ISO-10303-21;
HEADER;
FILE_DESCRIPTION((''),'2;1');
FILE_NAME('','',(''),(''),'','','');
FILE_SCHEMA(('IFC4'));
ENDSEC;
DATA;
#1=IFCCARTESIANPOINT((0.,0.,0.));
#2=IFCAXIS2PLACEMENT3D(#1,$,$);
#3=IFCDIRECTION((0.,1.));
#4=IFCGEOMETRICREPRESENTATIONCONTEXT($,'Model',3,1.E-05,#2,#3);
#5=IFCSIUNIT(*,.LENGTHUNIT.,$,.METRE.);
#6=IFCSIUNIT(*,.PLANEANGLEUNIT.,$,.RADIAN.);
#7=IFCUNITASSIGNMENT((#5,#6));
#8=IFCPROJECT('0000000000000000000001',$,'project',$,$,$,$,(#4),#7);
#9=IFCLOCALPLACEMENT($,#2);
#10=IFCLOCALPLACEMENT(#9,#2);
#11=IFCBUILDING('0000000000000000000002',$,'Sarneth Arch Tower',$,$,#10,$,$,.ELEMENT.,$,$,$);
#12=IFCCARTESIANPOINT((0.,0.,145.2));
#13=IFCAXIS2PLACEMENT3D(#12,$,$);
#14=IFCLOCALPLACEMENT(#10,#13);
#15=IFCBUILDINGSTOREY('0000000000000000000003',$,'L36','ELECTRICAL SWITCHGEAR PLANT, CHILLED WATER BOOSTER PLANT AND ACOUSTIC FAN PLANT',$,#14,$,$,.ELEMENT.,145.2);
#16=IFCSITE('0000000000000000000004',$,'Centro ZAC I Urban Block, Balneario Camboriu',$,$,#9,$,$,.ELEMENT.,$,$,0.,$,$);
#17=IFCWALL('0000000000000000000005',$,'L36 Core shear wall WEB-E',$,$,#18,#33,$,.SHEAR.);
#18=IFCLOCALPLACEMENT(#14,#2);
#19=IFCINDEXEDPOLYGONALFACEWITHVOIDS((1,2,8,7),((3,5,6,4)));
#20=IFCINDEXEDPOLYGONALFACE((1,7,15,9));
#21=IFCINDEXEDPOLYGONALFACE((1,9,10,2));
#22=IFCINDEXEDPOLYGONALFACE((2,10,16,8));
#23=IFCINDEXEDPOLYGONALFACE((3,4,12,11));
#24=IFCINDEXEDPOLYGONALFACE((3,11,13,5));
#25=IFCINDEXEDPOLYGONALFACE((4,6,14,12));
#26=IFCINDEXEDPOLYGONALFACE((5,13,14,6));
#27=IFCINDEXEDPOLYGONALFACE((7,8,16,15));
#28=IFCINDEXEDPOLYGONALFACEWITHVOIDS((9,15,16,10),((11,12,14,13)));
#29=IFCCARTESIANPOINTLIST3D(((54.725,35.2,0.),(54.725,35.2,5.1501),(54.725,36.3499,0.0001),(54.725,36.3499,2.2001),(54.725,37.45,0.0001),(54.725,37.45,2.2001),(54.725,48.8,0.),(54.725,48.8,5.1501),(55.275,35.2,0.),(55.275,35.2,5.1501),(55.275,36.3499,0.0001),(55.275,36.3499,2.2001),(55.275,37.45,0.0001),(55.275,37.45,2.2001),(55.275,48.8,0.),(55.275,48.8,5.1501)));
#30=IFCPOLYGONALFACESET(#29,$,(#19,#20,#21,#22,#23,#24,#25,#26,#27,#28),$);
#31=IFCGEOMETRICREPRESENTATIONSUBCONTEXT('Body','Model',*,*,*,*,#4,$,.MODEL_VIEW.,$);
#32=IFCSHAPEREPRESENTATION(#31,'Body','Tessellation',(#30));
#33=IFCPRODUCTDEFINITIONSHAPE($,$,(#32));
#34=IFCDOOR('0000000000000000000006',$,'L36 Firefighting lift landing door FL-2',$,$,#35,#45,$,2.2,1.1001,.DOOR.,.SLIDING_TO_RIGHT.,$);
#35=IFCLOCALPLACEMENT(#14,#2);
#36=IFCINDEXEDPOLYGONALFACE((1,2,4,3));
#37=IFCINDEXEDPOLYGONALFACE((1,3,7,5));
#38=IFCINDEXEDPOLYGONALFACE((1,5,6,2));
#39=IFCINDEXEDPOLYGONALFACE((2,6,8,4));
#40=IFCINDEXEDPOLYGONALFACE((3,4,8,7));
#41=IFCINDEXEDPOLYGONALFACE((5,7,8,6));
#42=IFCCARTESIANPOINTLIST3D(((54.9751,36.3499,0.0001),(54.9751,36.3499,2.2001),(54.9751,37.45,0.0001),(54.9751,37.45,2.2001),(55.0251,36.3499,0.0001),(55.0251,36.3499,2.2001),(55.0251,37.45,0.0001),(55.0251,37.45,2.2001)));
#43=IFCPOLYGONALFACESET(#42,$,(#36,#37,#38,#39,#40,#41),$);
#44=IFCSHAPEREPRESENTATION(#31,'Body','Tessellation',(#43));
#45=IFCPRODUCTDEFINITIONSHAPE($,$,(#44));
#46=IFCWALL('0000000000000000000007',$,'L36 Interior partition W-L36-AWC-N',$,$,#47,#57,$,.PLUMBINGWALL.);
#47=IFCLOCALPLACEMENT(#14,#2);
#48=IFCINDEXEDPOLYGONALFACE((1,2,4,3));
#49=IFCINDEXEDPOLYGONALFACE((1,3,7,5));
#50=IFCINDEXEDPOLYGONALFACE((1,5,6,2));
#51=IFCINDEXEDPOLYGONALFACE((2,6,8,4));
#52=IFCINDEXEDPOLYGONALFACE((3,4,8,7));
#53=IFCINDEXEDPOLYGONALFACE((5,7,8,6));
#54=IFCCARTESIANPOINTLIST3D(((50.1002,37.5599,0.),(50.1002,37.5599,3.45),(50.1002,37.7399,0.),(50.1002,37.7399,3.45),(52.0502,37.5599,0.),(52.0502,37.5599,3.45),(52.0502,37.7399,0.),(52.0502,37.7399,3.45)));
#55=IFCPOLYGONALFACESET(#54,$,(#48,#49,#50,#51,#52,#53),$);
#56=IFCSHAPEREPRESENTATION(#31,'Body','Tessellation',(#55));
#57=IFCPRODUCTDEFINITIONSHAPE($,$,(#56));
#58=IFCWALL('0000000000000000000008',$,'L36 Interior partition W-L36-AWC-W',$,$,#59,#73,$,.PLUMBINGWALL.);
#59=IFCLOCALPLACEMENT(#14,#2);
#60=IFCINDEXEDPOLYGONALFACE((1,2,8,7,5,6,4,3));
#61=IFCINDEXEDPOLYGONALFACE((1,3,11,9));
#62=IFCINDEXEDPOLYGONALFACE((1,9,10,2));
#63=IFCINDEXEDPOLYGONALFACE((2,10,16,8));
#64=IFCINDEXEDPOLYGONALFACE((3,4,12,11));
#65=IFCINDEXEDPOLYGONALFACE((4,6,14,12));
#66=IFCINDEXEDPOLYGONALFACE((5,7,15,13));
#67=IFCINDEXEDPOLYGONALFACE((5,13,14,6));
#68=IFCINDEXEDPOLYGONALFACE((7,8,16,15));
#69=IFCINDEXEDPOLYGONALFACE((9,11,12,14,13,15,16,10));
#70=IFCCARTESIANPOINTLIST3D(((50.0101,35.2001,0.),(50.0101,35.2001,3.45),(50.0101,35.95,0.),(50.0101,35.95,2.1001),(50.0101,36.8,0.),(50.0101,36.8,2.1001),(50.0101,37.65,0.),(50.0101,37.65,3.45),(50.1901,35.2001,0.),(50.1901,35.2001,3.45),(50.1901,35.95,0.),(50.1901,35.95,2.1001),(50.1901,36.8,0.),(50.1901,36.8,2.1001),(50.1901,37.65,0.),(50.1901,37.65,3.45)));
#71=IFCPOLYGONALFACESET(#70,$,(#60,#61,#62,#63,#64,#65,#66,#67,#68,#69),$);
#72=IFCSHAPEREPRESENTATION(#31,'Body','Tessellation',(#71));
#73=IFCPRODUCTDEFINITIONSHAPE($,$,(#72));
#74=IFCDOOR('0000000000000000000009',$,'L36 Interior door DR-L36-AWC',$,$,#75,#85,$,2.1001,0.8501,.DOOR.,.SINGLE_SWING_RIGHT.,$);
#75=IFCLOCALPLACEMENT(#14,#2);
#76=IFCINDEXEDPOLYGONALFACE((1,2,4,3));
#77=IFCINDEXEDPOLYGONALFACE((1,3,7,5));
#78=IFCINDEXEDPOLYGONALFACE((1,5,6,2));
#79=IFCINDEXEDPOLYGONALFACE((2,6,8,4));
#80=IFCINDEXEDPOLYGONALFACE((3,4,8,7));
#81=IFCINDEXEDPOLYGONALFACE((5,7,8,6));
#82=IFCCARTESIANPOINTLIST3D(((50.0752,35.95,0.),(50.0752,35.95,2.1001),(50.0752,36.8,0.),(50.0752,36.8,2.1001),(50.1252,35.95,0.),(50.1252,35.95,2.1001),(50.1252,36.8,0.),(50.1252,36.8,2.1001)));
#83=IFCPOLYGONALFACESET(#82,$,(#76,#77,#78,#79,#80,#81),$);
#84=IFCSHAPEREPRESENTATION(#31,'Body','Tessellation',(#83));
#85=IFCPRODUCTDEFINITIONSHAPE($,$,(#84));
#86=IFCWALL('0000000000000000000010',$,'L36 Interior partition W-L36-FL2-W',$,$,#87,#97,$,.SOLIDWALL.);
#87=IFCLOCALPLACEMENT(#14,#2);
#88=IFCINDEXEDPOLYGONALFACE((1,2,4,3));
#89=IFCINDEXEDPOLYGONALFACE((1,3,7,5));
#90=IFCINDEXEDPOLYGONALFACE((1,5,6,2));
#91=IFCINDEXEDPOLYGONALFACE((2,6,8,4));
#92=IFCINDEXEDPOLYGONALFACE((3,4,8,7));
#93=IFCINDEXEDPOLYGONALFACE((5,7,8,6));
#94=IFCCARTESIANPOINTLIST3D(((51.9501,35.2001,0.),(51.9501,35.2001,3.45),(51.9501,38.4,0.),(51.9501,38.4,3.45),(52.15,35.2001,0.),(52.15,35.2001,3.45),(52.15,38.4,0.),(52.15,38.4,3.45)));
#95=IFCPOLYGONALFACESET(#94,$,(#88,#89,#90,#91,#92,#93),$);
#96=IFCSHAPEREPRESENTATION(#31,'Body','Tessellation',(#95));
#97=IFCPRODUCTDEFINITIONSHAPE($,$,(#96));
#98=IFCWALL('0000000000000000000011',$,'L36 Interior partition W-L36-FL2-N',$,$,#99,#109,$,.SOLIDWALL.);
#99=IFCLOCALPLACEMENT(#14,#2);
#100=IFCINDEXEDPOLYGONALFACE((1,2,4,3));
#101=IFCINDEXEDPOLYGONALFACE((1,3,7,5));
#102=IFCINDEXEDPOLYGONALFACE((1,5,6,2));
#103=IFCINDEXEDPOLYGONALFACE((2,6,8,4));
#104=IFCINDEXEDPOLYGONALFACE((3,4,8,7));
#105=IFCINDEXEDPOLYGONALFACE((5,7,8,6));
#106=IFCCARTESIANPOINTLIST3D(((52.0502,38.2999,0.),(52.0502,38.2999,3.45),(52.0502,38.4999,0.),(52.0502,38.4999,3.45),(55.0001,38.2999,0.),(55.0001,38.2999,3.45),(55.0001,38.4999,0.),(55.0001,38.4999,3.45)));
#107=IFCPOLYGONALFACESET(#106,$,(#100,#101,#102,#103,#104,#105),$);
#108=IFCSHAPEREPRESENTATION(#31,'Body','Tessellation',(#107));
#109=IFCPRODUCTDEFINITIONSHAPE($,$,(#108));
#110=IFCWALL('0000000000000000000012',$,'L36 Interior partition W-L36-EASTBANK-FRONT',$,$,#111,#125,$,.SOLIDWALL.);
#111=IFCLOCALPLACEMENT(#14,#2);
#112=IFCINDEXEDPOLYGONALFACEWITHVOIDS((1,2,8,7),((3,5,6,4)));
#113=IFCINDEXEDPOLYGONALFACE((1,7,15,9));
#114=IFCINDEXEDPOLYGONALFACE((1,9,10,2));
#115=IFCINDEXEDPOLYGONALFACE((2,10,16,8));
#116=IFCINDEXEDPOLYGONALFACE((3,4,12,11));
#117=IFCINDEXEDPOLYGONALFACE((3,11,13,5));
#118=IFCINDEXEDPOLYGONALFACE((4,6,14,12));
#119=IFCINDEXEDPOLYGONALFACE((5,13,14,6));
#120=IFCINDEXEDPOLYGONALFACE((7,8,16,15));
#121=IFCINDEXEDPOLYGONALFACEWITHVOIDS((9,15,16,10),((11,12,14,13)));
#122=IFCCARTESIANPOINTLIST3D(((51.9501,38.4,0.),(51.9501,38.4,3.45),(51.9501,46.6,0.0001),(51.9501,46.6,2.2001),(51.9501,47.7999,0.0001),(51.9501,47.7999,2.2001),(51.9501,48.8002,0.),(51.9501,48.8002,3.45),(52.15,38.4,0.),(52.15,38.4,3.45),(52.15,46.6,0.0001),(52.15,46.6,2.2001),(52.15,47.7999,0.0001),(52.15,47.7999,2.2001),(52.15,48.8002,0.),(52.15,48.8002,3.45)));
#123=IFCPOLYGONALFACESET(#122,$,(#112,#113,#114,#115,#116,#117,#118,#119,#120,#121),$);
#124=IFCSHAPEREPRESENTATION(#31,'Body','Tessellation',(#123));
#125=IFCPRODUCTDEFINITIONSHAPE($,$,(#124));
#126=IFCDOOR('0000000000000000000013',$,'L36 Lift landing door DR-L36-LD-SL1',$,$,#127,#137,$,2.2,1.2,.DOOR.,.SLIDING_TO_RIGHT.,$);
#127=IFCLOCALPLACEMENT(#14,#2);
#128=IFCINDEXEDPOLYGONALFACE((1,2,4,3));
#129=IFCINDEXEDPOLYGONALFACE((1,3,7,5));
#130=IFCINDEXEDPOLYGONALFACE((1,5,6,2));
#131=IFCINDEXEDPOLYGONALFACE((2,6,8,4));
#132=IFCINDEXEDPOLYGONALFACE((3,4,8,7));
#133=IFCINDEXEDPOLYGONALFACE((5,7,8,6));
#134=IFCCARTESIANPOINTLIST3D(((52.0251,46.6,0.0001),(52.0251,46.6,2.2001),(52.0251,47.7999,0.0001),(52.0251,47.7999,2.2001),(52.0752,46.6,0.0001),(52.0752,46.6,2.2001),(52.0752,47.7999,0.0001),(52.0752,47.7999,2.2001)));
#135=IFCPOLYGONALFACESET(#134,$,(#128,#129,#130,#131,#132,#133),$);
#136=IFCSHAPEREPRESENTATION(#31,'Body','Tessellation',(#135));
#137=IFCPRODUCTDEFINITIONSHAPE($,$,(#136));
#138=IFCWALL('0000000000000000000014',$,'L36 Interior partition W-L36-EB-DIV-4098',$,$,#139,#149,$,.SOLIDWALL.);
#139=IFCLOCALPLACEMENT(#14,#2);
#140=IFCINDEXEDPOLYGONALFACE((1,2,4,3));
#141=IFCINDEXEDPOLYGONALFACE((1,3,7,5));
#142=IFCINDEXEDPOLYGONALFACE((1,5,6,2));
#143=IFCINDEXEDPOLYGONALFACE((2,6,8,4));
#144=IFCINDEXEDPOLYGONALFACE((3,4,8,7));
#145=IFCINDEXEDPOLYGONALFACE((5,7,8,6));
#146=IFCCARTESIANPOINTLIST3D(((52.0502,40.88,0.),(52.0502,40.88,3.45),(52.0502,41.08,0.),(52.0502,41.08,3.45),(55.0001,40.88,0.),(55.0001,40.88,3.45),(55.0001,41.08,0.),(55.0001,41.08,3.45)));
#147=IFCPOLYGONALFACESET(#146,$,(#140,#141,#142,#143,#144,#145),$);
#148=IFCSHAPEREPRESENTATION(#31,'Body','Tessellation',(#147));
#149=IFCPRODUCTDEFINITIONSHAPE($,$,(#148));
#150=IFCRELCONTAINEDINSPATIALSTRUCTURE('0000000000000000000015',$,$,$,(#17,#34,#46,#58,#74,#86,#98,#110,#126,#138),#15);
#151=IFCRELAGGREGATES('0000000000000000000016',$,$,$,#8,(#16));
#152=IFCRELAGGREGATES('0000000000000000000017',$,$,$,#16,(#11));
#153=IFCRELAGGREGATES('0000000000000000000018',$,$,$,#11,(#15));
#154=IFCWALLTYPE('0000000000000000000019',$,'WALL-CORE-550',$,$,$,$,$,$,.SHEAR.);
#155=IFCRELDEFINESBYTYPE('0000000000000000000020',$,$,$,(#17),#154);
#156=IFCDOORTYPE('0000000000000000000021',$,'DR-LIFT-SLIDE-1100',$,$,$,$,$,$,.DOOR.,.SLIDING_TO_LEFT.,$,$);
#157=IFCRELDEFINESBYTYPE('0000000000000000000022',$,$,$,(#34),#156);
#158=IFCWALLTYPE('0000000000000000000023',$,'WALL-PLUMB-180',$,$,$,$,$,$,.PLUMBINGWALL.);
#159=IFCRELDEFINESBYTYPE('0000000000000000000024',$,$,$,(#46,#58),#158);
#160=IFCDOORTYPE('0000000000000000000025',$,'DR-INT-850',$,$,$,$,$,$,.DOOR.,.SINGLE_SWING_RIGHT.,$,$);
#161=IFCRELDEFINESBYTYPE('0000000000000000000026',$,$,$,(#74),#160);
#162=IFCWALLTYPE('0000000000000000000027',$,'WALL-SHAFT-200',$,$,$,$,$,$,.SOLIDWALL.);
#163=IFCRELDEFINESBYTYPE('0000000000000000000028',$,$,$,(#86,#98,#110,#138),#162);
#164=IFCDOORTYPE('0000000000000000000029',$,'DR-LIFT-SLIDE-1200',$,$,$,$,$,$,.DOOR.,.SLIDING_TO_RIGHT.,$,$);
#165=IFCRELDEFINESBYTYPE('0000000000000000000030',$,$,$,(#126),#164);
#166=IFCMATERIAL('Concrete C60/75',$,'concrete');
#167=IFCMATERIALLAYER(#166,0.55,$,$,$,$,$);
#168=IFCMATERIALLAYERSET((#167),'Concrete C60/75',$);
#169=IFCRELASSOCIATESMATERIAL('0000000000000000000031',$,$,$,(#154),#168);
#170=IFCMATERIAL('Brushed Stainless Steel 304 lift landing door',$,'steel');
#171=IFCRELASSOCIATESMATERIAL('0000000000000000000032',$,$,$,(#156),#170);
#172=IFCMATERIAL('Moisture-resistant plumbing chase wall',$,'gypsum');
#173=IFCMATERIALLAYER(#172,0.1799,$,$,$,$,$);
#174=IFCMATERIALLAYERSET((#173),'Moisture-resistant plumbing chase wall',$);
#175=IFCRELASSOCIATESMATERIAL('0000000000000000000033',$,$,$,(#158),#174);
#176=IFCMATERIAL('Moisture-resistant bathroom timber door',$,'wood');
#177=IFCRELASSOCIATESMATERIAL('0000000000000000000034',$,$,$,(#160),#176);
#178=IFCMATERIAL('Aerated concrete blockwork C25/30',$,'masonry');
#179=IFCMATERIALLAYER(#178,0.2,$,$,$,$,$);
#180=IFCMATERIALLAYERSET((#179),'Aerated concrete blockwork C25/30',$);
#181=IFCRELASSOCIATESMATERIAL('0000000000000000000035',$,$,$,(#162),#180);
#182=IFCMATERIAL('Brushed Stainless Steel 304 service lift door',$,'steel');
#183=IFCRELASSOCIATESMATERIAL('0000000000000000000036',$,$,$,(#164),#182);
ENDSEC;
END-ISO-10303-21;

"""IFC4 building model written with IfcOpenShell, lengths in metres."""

from ifc_helpers import new_model, si_unit, direction, frame, frame_2d, origin, place, context, subcontext, project, spatial, rectangle, extrude, material, layer, layer_set, type_object, element, fill, save


model = new_model("IFC4")

# Units and contexts
model_context = context("Model", 3, precision=1e-05, world=origin(), true_north=direction((0.0, 1.0)))
body_context = subcontext(model_context, "Body", "Model", "MODEL_VIEW")
ifc_project = project(units=[si_unit("LENGTHUNIT", "METRE"), si_unit("PLANEANGLEUNIT", "RADIAN")], contexts=[model_context])

# Site, building, storey
site_placement = place(None, origin())
site = spatial("IfcSite", under=ifc_project, at=site_placement, Name="Centro ZAC I Urban Block, Balneario Camboriu", CompositionType="ELEMENT", RefElevation=0.0)
building_placement = place(site_placement, origin())
building = spatial("IfcBuilding", under=site, at=building_placement, Name="Sarneth Arch Tower", CompositionType="ELEMENT")
storey_placement = place(building_placement, frame((0.0, 0.0, 145.2)))
storey = spatial("IfcBuildingStorey", under=building, at=storey_placement, Name="L36", Description="ELECTRICAL SWITCHGEAR PLANT, CHILLED WATER BOOSTER PLANT AND ACOUSTIC FAN PLANT", CompositionType="ELEMENT", Elevation=145.2)

# Shared definitions
ifc_material_1 = material(Name="Concrete C60/75", Category="concrete")
ifc_layer_1 = layer(ifc_material_1, 0.55)
ifc_layer_set_1 = layer_set([ifc_layer_1], Name="Concrete C60/75")
wall_type_1 = type_object("IfcWallType", Name="WALL-CORE-550", PredefinedType="SHEAR", material=ifc_layer_set_1)

# Wall, opening, door
wall_1_placement = place(storey_placement, frame((55.0, 35.2, 0.0), z_axis=(0.0, 0.0, 1.0), x_axis=(0.0, 1.0, 0.0)))
wall_1 = element("IfcWall", 1, at=wall_1_placement, inside=storey, type_object=wall_type_1, Name="L36 Core shear wall WEB-E", PredefinedType="SHEAR", context=body_context, shape_type="SweptSolid", body=[
    extrude(rectangle(XDim=13.6001, YDim=0.55, at=frame_2d((6.8, 0.0))), origin(), (0.0, 0.0, 1.0), 5.1501),
])
opening_1_placement = place(wall_1_placement, frame((1.1499, 0.0, 0.0)))
opening_1 = element("IfcOpeningElement", 2, at=opening_1_placement, cuts=wall_1, PredefinedType="OPENING", context=body_context, shape_type="SweptSolid", body=[
    extrude(rectangle(XDim=1.1001, YDim=2.2, at=frame_2d((0.55, 1.1001))), frame((0.0, 0.2849, 0.0), z_axis=(0.0, -1.0, 0.0), x_axis=(1.0, 0.0, 0.0)), (0.0, 0.0, 1.0), 0.5701),
])
ifc_material_2 = material(Name="Brushed Stainless Steel 304 lift landing door", Category="steel")
door_type_1 = type_object("IfcDoorType", Name="DR-LIFT-SLIDE-1100", OperationType="SLIDING_TO_LEFT", PredefinedType="DOOR", material=ifc_material_2)
door_1_placement = place(opening_1_placement, origin())
door_1 = element("IfcDoor", 3, at=door_1_placement, inside=storey, type_object=door_type_1, Name="L36 Firefighting lift landing door FL-2", OperationType="SLIDING_TO_RIGHT", OverallHeight=2.2, OverallWidth=1.1001, PredefinedType="DOOR", context=body_context, shape_type="SweptSolid", body=[
    extrude(rectangle(XDim=1.1001, YDim=2.2, at=frame_2d((0.55, 1.1001))), frame((0.0, 0.0249, 0.0), z_axis=(0.0, -1.0, 0.0), x_axis=(1.0, 0.0, 0.0)), (0.0, 0.0, 1.0), 0.05),
])
fill(opening_1, door_1)

# Wall
ifc_material_3 = material(Name="Moisture-resistant plumbing chase wall", Category="gypsum")
ifc_layer_2 = layer(ifc_material_3, 0.1799)
ifc_layer_set_2 = layer_set([ifc_layer_2], Name="Moisture-resistant plumbing chase wall")
wall_type_2 = type_object("IfcWallType", Name="WALL-PLUMB-180", PredefinedType="PLUMBINGWALL", material=ifc_layer_set_2)
wall_2_placement = place(storey_placement, frame((50.1001, 37.6499, 0.0), z_axis=(0.0, 0.0, 1.0), x_axis=(1.0, 0.0, 0.0)))
element("IfcWall", 4, at=wall_2_placement, inside=storey, type_object=wall_type_2, Name="L36 Interior partition W-L36-AWC-N", PredefinedType="PLUMBINGWALL", context=body_context, shape_type="SweptSolid", body=[
    extrude(rectangle(XDim=1.95, YDim=0.1799, at=frame_2d((0.9751, 0.0))), origin(), (0.0, 0.0, 1.0), 3.45),
])

# Wall, opening, door
wall_3_placement = place(storey_placement, frame((50.1001, 35.2, 0.0), z_axis=(0.0, 0.0, 1.0), x_axis=(0.0, 1.0, 0.0)))
wall_3 = element("IfcWall", 5, at=wall_3_placement, inside=storey, type_object=wall_type_2, Name="L36 Interior partition W-L36-AWC-W", PredefinedType="PLUMBINGWALL", context=body_context, shape_type="SweptSolid", body=[
    extrude(rectangle(XDim=2.45, YDim=0.1799, at=frame_2d((1.2251, 0.0))), origin(), (0.0, 0.0, 1.0), 3.45),
])
opening_2_placement = place(wall_3_placement, frame((0.75, 0.0, 0.0)))
opening_2 = element("IfcOpeningElement", 6, at=opening_2_placement, cuts=wall_3, PredefinedType="OPENING", context=body_context, shape_type="SweptSolid", body=[
    extrude(rectangle(XDim=0.8501, YDim=2.1001, at=frame_2d((0.425, 1.05))), frame((0.0, 0.0999, 0.0), z_axis=(0.0, -1.0, 0.0), x_axis=(1.0, 0.0, 0.0)), (0.0, 0.0, 1.0), 0.2),
])
ifc_material_4 = material(Name="Moisture-resistant bathroom timber door", Category="wood")
door_type_2 = type_object("IfcDoorType", Name="DR-INT-850", OperationType="SINGLE_SWING_RIGHT", PredefinedType="DOOR", material=ifc_material_4)
door_2_placement = place(opening_2_placement, origin())
door_2 = element("IfcDoor", 7, at=door_2_placement, inside=storey, type_object=door_type_2, Name="L36 Interior door DR-L36-AWC", OperationType="SINGLE_SWING_RIGHT", OverallHeight=2.1001, OverallWidth=0.8501, PredefinedType="DOOR", context=body_context, shape_type="SweptSolid", body=[
    extrude(rectangle(XDim=0.8501, YDim=2.1001, at=frame_2d((0.425, 1.05))), frame((0.0, 0.0249, 0.0), z_axis=(0.0, -1.0, 0.0), x_axis=(1.0, 0.0, 0.0)), (0.0, 0.0, 1.0), 0.05),
])
fill(opening_2, door_2)
ifc_material_5 = material(Name="Aerated concrete blockwork C25/30", Category="masonry")
ifc_layer_3 = layer(ifc_material_5, 0.2)
ifc_layer_set_3 = layer_set([ifc_layer_3], Name="Aerated concrete blockwork C25/30")
wall_type_3 = type_object("IfcWallType", Name="WALL-SHAFT-200", PredefinedType="SOLIDWALL", material=ifc_layer_set_3)

# Walls
wall_4_placement = place(storey_placement, frame((52.05, 35.2, 0.0), z_axis=(0.0, 0.0, 1.0), x_axis=(0.0, 1.0, 0.0)))
element("IfcWall", 8, at=wall_4_placement, inside=storey, type_object=wall_type_3, Name="L36 Interior partition W-L36-FL2-W", PredefinedType="SOLIDWALL", context=body_context, shape_type="SweptSolid", body=[
    extrude(rectangle(XDim=3.2, YDim=0.2, at=frame_2d((1.6001, 0.0))), origin(), (0.0, 0.0, 1.0), 3.45),
])
wall_5_placement = place(storey_placement, frame((52.05, 38.3999, 0.0), z_axis=(0.0, 0.0, 1.0), x_axis=(1.0, 0.0, 0.0)))
element("IfcWall", 9, at=wall_5_placement, inside=storey, type_object=wall_type_3, Name="L36 Interior partition W-L36-FL2-N", PredefinedType="SOLIDWALL", context=body_context, shape_type="SweptSolid", body=[
    extrude(rectangle(XDim=2.95, YDim=0.2, at=frame_2d((1.4751, 0.0))), origin(), (0.0, 0.0, 1.0), 3.45),
])

# Wall, opening, door
wall_6_placement = place(storey_placement, frame((52.05, 38.3999, 0.0), z_axis=(0.0, 0.0, 1.0), x_axis=(0.0, 1.0, 0.0)))
wall_6 = element("IfcWall", 10, at=wall_6_placement, inside=storey, type_object=wall_type_3, Name="L36 Interior partition W-L36-EASTBANK-FRONT", PredefinedType="SOLIDWALL", context=body_context, shape_type="SweptSolid", body=[
    extrude(rectangle(XDim=10.4001, YDim=0.2, at=frame_2d((5.2002, 0.0))), origin(), (0.0, 0.0, 1.0), 3.45),
])
opening_3_placement = place(wall_6_placement, frame((8.2, 0.0, 0.0)))
opening_3 = element("IfcOpeningElement", 11, at=opening_3_placement, cuts=wall_6, PredefinedType="OPENING", context=body_context, shape_type="SweptSolid", body=[
    extrude(rectangle(XDim=1.2, YDim=2.2, at=frame_2d((0.6001, 1.1001))), frame((0.0, 0.1099, 0.0), z_axis=(0.0, -1.0, 0.0), x_axis=(1.0, 0.0, 0.0)), (0.0, 0.0, 1.0), 0.22),
])
ifc_material_6 = material(Name="Brushed Stainless Steel 304 service lift door", Category="steel")
door_type_3 = type_object("IfcDoorType", Name="DR-LIFT-SLIDE-1200", OperationType="SLIDING_TO_RIGHT", PredefinedType="DOOR", material=ifc_material_6)
door_3_placement = place(opening_3_placement, origin())
door_3 = element("IfcDoor", 12, at=door_3_placement, inside=storey, type_object=door_type_3, Name="L36 Lift landing door DR-L36-LD-SL1", OperationType="SLIDING_TO_RIGHT", OverallHeight=2.2, OverallWidth=1.2, PredefinedType="DOOR", context=body_context, shape_type="SweptSolid", body=[
    extrude(rectangle(XDim=1.2, YDim=2.2, at=frame_2d((0.6001, 1.1001))), frame((0.0, 0.0249, 0.0), z_axis=(0.0, -1.0, 0.0), x_axis=(1.0, 0.0, 0.0)), (0.0, 0.0, 1.0), 0.05),
])
fill(opening_3, door_3)

# Wall
wall_7_placement = place(storey_placement, frame((52.05, 40.98, 0.0), z_axis=(0.0, 0.0, 1.0), x_axis=(1.0, 0.0, 0.0)))
element("IfcWall", 13, at=wall_7_placement, inside=storey, type_object=wall_type_3, Name="L36 Interior partition W-L36-EB-DIV-4098", PredefinedType="SOLIDWALL", context=body_context, shape_type="SweptSolid", body=[
    extrude(rectangle(XDim=2.95, YDim=0.2, at=frame_2d((1.4751, 0.0))), origin(), (0.0, 0.0, 1.0), 3.45),
])

save(model, "model.ifc")
